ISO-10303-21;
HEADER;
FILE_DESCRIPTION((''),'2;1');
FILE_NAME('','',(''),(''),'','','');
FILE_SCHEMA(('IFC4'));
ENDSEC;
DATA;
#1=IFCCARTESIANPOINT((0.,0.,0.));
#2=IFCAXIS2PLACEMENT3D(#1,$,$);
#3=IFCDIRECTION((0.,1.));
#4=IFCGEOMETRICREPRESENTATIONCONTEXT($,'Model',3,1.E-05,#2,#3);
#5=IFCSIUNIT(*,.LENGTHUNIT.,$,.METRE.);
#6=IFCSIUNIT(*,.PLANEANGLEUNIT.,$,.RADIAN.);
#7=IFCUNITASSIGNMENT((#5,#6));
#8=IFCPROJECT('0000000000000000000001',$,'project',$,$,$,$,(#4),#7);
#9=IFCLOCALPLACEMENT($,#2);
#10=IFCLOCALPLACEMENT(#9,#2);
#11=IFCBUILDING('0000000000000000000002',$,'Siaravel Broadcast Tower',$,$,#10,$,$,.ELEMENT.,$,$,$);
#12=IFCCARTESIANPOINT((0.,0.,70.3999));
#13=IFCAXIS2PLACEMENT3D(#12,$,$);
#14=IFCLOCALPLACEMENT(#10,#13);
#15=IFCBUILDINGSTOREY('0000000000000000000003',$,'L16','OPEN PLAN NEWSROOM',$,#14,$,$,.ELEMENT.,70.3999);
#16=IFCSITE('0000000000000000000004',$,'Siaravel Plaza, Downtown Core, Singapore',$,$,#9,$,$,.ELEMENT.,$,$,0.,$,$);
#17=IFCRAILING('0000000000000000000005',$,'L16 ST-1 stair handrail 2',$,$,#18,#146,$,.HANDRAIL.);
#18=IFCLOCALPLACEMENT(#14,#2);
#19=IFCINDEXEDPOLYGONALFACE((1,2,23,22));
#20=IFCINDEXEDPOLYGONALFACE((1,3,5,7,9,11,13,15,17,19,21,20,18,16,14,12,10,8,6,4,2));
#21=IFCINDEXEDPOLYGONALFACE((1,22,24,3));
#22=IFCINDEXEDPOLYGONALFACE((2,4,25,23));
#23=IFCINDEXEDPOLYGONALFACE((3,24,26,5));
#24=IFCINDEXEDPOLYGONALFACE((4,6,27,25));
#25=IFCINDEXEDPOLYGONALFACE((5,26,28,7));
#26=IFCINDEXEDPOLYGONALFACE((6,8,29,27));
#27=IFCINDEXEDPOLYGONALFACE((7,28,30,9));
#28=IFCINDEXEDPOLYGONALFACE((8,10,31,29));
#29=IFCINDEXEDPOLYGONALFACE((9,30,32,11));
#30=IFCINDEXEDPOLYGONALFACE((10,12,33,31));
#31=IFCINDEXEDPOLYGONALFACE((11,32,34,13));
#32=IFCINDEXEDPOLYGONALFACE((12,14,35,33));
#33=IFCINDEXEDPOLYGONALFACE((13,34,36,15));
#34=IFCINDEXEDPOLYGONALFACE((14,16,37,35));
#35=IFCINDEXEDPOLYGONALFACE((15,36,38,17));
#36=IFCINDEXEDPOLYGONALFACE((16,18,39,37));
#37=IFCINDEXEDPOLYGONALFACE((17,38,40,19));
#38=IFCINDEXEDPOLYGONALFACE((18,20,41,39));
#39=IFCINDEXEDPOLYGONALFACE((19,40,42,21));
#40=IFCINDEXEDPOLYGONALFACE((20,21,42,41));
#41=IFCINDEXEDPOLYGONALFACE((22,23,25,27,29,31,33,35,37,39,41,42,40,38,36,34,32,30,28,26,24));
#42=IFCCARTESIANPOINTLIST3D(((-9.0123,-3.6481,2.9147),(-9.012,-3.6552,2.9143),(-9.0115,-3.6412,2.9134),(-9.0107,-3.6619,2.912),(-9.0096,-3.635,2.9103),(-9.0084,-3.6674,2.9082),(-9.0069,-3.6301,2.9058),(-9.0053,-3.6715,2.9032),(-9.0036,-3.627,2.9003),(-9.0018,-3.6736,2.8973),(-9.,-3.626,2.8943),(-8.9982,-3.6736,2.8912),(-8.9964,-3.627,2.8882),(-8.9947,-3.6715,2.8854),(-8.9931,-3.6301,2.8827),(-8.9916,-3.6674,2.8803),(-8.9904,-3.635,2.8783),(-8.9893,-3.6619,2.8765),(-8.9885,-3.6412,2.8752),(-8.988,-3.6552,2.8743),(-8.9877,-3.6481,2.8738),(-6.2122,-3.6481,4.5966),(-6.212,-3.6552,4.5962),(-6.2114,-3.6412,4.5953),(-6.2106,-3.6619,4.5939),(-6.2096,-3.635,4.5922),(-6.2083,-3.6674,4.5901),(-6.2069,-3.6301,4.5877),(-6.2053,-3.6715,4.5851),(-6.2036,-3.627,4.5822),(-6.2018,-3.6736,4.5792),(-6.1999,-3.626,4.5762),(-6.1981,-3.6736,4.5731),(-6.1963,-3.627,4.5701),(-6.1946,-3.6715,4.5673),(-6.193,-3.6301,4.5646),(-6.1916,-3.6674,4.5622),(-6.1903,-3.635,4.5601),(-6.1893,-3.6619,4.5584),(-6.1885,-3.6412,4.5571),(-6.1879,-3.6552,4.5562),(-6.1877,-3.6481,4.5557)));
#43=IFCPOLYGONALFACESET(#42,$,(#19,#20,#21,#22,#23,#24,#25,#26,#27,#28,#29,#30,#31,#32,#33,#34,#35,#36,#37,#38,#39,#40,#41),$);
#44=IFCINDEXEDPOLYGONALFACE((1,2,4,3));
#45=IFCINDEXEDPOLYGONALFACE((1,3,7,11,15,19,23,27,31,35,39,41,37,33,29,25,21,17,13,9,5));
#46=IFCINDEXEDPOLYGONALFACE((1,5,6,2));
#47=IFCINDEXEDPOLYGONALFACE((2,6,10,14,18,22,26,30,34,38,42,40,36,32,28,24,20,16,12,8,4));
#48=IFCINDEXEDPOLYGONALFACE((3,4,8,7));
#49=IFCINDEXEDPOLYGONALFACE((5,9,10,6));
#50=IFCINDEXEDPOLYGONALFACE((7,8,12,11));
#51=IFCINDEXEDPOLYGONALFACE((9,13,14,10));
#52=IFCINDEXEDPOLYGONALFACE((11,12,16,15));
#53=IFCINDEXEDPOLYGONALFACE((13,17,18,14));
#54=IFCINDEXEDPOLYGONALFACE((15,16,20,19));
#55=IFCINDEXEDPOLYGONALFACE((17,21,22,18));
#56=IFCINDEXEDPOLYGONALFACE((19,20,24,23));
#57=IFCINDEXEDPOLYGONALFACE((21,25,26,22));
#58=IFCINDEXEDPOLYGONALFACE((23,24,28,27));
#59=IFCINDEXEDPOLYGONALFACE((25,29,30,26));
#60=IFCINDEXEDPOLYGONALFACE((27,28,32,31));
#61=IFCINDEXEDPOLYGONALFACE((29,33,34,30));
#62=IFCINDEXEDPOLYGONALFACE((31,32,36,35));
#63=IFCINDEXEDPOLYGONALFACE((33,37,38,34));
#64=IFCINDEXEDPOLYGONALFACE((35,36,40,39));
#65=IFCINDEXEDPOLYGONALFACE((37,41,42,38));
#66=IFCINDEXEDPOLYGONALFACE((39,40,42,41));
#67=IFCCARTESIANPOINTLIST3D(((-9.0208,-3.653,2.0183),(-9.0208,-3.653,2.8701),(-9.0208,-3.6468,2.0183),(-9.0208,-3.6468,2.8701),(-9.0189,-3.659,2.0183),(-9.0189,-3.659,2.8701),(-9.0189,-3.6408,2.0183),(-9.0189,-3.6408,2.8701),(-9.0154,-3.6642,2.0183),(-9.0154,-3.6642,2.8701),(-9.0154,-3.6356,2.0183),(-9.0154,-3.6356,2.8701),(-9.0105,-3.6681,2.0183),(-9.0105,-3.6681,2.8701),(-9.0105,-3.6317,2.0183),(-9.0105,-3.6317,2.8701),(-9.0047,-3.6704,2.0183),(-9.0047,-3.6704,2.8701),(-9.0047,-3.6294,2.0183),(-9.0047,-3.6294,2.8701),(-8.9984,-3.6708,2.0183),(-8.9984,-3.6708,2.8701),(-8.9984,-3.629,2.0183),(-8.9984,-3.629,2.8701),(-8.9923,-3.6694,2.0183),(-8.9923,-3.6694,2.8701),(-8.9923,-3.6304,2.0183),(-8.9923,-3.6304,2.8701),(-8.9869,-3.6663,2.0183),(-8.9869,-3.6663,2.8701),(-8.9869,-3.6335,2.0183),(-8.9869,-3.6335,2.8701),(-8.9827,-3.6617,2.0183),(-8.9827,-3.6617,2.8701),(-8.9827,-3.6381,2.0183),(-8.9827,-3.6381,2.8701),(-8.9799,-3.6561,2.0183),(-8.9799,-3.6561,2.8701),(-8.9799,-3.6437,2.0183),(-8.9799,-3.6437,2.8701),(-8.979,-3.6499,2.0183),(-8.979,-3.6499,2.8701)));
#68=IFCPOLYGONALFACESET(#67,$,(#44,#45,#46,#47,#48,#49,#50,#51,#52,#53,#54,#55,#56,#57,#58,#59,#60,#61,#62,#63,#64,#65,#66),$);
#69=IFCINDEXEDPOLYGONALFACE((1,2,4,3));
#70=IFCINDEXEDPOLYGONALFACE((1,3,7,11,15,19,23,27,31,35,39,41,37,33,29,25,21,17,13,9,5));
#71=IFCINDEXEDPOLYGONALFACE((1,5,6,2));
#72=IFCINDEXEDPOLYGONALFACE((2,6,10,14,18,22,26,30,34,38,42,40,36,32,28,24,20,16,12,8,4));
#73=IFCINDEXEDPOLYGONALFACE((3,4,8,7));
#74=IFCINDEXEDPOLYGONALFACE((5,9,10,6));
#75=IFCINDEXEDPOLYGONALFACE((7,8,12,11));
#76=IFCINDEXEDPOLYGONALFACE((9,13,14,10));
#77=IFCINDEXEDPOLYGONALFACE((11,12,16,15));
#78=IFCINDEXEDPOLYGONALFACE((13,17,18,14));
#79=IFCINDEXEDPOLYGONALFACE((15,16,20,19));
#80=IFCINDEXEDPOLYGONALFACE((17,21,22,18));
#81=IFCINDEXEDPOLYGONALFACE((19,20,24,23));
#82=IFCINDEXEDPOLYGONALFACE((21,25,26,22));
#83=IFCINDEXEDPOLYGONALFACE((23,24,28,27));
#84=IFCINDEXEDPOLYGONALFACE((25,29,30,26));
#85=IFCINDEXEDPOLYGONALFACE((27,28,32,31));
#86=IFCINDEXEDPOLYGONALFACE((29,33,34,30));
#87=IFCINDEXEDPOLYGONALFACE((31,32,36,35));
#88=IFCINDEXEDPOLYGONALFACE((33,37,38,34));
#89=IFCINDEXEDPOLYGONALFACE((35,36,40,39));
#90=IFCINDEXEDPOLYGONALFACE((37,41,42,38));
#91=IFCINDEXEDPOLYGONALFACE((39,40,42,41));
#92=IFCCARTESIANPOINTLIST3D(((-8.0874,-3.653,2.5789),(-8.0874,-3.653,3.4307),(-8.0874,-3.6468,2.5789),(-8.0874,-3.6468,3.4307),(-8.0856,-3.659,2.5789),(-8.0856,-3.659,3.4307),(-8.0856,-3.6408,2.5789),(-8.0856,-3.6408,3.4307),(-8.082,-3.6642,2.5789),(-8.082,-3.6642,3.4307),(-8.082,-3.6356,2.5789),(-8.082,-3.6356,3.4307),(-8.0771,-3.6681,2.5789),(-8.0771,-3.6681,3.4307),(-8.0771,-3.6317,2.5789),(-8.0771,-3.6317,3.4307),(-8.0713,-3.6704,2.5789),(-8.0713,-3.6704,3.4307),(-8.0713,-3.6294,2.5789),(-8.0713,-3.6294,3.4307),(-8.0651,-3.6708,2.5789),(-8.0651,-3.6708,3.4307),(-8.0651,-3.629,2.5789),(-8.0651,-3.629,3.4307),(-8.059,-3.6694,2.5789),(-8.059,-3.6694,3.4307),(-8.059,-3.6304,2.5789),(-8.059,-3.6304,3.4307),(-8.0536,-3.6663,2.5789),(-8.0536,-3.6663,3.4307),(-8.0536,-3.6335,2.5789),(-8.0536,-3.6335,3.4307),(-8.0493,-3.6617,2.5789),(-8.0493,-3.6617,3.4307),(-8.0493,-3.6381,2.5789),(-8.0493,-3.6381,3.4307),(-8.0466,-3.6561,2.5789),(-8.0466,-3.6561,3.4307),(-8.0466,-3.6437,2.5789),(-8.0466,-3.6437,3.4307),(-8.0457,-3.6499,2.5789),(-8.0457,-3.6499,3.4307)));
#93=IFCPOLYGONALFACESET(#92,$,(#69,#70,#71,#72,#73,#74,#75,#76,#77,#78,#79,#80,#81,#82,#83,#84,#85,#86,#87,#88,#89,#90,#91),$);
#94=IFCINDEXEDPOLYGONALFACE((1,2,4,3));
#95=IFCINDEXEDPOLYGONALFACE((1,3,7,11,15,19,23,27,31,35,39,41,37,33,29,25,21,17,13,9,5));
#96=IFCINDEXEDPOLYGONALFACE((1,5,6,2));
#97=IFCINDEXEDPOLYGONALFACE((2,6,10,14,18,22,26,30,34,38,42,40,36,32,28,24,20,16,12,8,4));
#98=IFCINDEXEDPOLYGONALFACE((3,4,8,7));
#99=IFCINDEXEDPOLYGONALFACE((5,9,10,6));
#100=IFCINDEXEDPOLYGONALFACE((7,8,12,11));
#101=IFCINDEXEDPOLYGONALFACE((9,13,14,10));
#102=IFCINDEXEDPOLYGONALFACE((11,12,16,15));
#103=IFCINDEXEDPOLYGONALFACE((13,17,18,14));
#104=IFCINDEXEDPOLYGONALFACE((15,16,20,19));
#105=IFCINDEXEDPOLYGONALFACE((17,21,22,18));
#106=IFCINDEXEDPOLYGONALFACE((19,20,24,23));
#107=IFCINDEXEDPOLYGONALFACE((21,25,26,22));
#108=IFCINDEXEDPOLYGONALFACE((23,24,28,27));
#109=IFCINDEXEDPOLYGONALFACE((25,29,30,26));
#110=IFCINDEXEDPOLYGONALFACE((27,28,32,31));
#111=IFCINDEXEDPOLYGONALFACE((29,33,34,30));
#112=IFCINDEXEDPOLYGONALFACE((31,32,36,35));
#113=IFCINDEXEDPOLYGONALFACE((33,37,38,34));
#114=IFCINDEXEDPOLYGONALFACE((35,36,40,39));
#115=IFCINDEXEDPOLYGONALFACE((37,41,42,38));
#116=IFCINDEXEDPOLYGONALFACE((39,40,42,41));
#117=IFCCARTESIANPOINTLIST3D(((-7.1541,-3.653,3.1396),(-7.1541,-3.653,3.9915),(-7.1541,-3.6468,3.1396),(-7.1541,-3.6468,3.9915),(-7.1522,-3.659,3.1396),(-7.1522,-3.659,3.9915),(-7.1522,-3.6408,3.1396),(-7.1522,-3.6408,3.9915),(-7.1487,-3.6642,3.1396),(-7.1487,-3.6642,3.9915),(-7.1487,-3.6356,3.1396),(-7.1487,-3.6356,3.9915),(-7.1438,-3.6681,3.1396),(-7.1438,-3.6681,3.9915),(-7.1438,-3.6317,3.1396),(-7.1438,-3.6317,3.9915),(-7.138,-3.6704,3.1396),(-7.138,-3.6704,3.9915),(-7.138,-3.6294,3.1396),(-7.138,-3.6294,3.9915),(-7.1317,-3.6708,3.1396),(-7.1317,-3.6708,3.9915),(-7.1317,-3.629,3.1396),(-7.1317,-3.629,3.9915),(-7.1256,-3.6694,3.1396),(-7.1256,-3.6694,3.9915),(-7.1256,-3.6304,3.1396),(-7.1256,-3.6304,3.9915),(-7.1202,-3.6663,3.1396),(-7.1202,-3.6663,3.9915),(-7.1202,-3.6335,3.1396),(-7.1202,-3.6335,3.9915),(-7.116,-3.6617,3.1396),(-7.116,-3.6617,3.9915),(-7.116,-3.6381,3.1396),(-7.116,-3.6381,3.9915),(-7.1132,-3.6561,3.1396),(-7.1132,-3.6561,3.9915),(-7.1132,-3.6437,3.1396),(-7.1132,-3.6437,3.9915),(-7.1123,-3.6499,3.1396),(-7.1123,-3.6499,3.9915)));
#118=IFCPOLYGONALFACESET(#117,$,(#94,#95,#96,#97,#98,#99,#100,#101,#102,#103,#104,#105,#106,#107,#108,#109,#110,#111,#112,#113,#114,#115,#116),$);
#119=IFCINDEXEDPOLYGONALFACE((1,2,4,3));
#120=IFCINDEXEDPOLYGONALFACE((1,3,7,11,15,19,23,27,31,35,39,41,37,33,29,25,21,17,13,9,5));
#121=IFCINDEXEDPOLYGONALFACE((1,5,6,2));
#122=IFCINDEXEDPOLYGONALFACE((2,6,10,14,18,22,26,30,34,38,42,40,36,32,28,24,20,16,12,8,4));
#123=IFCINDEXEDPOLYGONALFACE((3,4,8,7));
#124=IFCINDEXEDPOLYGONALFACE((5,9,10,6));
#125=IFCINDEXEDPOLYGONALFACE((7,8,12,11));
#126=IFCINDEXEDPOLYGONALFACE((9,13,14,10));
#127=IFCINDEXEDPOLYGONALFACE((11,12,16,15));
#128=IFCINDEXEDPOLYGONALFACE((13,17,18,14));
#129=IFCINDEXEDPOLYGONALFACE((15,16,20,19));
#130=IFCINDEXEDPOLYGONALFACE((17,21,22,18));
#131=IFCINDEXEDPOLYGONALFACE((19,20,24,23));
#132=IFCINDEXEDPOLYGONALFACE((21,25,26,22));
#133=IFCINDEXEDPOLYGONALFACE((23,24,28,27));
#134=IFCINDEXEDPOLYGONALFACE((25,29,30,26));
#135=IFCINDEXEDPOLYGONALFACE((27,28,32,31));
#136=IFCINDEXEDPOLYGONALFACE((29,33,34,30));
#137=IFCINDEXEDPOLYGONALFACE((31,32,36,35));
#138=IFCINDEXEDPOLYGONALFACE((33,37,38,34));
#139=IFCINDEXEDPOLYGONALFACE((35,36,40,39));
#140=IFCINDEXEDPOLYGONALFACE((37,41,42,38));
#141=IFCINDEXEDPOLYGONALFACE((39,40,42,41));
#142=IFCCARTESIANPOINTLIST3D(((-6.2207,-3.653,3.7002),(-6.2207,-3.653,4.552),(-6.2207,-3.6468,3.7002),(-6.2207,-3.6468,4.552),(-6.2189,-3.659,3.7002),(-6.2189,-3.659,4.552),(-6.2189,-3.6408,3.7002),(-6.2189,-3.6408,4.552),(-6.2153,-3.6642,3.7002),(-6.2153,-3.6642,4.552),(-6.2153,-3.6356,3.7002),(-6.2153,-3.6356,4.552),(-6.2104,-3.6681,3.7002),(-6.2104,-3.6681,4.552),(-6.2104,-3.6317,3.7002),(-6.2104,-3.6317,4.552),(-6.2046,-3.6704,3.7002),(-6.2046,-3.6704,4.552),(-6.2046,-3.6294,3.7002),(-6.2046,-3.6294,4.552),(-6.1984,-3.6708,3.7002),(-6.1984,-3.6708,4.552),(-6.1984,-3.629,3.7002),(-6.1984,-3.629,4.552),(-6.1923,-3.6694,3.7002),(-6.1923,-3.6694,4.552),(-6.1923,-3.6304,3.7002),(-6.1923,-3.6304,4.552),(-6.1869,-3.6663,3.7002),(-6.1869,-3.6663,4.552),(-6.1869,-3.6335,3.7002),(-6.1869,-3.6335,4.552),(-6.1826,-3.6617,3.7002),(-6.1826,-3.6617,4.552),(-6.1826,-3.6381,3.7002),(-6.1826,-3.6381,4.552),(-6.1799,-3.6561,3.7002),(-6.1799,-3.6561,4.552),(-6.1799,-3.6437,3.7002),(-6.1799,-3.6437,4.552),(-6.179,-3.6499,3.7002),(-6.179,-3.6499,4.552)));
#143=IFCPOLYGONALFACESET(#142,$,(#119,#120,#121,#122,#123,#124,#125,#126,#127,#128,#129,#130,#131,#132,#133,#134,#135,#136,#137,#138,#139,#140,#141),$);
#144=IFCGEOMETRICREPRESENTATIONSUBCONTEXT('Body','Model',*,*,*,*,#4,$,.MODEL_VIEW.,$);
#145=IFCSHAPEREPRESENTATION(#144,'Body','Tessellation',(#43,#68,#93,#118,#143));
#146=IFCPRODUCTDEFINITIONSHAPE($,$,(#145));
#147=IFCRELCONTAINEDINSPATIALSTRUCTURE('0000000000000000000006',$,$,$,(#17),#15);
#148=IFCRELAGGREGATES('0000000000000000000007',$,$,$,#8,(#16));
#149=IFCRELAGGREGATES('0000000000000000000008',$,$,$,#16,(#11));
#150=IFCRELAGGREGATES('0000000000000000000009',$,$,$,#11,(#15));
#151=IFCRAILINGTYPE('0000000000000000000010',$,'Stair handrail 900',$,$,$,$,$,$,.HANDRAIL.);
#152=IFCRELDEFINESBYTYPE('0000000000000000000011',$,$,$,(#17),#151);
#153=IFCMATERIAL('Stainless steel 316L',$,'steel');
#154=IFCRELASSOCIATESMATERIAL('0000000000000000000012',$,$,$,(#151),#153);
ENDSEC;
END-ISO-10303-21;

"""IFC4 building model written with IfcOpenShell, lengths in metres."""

from ifc_helpers import new_model, si_unit, direction, frame, origin, origin_2d, place, context, subcontext, project, spatial, circle, extrude, material, type_object, element, save


model = new_model("IFC4")

# Units and contexts
model_context = context("Model", 3, precision=1e-05, world=origin(), true_north=direction((0.0, 1.0)))
body_context = subcontext(model_context, "Body", "Model", "MODEL_VIEW")
ifc_project = project(units=[si_unit("LENGTHUNIT", "METRE"), si_unit("PLANEANGLEUNIT", "RADIAN")], contexts=[model_context])

# Site, building, storey
site_placement = place(None, origin())
site = spatial("IfcSite", under=ifc_project, at=site_placement, Name="Siaravel Plaza, Downtown Core, Singapore", CompositionType="ELEMENT", RefElevation=0.0)
building_placement = place(site_placement, origin())
building = spatial("IfcBuilding", under=site, at=building_placement, Name="Siaravel Broadcast Tower", CompositionType="ELEMENT")
storey_placement = place(building_placement, frame((0.0, 0.0, 70.3999)))
storey = spatial("IfcBuildingStorey", under=building, at=storey_placement, Name="L16", Description="OPEN PLAN NEWSROOM", CompositionType="ELEMENT", Elevation=70.3999)

# Shared definitions
ifc_material_1 = material(Name="Stainless steel 316L", Category="steel")

# Railing
railing_type_1 = type_object("IfcRailingType", Name="Stair handrail 900", PredefinedType="HANDRAIL", material=ifc_material_1)
railing_1_placement = place(storey_placement, frame((-9.0, -3.6499, 2.0183)))
element("IfcRailing", 1, at=railing_1_placement, inside=storey, type_object=railing_type_1, Name="L16 ST-1 stair handrail 2", PredefinedType="HANDRAIL", context=body_context, shape_type="SweptSolid", body=[
    extrude(circle(Radius=0.0239, at=origin_2d()), frame((0.0, 0.0, 0.876), z_axis=(0.857242, 0.0, 0.514913), x_axis=(0.0, 1.0, 0.0)), (0.0, 0.0, 1.0), 3.2664),
    extrude(circle(Radius=0.021, at=origin_2d()), origin(), (0.0, 0.0, 1.0), 0.8518),
    extrude(circle(Radius=0.021, at=origin_2d()), frame((0.9333, 0.0, 0.5605)), (0.0, 0.0, 1.0), 0.8518),
    extrude(circle(Radius=0.021, at=origin_2d()), frame((1.8667, 0.0, 1.1213)), (0.0, 0.0, 1.0), 0.8518),
    extrude(circle(Radius=0.021, at=origin_2d()), frame((2.8, 0.0, 1.6819)), (0.0, 0.0, 1.0), 0.8518),
])

save(model, "model.ifc")
